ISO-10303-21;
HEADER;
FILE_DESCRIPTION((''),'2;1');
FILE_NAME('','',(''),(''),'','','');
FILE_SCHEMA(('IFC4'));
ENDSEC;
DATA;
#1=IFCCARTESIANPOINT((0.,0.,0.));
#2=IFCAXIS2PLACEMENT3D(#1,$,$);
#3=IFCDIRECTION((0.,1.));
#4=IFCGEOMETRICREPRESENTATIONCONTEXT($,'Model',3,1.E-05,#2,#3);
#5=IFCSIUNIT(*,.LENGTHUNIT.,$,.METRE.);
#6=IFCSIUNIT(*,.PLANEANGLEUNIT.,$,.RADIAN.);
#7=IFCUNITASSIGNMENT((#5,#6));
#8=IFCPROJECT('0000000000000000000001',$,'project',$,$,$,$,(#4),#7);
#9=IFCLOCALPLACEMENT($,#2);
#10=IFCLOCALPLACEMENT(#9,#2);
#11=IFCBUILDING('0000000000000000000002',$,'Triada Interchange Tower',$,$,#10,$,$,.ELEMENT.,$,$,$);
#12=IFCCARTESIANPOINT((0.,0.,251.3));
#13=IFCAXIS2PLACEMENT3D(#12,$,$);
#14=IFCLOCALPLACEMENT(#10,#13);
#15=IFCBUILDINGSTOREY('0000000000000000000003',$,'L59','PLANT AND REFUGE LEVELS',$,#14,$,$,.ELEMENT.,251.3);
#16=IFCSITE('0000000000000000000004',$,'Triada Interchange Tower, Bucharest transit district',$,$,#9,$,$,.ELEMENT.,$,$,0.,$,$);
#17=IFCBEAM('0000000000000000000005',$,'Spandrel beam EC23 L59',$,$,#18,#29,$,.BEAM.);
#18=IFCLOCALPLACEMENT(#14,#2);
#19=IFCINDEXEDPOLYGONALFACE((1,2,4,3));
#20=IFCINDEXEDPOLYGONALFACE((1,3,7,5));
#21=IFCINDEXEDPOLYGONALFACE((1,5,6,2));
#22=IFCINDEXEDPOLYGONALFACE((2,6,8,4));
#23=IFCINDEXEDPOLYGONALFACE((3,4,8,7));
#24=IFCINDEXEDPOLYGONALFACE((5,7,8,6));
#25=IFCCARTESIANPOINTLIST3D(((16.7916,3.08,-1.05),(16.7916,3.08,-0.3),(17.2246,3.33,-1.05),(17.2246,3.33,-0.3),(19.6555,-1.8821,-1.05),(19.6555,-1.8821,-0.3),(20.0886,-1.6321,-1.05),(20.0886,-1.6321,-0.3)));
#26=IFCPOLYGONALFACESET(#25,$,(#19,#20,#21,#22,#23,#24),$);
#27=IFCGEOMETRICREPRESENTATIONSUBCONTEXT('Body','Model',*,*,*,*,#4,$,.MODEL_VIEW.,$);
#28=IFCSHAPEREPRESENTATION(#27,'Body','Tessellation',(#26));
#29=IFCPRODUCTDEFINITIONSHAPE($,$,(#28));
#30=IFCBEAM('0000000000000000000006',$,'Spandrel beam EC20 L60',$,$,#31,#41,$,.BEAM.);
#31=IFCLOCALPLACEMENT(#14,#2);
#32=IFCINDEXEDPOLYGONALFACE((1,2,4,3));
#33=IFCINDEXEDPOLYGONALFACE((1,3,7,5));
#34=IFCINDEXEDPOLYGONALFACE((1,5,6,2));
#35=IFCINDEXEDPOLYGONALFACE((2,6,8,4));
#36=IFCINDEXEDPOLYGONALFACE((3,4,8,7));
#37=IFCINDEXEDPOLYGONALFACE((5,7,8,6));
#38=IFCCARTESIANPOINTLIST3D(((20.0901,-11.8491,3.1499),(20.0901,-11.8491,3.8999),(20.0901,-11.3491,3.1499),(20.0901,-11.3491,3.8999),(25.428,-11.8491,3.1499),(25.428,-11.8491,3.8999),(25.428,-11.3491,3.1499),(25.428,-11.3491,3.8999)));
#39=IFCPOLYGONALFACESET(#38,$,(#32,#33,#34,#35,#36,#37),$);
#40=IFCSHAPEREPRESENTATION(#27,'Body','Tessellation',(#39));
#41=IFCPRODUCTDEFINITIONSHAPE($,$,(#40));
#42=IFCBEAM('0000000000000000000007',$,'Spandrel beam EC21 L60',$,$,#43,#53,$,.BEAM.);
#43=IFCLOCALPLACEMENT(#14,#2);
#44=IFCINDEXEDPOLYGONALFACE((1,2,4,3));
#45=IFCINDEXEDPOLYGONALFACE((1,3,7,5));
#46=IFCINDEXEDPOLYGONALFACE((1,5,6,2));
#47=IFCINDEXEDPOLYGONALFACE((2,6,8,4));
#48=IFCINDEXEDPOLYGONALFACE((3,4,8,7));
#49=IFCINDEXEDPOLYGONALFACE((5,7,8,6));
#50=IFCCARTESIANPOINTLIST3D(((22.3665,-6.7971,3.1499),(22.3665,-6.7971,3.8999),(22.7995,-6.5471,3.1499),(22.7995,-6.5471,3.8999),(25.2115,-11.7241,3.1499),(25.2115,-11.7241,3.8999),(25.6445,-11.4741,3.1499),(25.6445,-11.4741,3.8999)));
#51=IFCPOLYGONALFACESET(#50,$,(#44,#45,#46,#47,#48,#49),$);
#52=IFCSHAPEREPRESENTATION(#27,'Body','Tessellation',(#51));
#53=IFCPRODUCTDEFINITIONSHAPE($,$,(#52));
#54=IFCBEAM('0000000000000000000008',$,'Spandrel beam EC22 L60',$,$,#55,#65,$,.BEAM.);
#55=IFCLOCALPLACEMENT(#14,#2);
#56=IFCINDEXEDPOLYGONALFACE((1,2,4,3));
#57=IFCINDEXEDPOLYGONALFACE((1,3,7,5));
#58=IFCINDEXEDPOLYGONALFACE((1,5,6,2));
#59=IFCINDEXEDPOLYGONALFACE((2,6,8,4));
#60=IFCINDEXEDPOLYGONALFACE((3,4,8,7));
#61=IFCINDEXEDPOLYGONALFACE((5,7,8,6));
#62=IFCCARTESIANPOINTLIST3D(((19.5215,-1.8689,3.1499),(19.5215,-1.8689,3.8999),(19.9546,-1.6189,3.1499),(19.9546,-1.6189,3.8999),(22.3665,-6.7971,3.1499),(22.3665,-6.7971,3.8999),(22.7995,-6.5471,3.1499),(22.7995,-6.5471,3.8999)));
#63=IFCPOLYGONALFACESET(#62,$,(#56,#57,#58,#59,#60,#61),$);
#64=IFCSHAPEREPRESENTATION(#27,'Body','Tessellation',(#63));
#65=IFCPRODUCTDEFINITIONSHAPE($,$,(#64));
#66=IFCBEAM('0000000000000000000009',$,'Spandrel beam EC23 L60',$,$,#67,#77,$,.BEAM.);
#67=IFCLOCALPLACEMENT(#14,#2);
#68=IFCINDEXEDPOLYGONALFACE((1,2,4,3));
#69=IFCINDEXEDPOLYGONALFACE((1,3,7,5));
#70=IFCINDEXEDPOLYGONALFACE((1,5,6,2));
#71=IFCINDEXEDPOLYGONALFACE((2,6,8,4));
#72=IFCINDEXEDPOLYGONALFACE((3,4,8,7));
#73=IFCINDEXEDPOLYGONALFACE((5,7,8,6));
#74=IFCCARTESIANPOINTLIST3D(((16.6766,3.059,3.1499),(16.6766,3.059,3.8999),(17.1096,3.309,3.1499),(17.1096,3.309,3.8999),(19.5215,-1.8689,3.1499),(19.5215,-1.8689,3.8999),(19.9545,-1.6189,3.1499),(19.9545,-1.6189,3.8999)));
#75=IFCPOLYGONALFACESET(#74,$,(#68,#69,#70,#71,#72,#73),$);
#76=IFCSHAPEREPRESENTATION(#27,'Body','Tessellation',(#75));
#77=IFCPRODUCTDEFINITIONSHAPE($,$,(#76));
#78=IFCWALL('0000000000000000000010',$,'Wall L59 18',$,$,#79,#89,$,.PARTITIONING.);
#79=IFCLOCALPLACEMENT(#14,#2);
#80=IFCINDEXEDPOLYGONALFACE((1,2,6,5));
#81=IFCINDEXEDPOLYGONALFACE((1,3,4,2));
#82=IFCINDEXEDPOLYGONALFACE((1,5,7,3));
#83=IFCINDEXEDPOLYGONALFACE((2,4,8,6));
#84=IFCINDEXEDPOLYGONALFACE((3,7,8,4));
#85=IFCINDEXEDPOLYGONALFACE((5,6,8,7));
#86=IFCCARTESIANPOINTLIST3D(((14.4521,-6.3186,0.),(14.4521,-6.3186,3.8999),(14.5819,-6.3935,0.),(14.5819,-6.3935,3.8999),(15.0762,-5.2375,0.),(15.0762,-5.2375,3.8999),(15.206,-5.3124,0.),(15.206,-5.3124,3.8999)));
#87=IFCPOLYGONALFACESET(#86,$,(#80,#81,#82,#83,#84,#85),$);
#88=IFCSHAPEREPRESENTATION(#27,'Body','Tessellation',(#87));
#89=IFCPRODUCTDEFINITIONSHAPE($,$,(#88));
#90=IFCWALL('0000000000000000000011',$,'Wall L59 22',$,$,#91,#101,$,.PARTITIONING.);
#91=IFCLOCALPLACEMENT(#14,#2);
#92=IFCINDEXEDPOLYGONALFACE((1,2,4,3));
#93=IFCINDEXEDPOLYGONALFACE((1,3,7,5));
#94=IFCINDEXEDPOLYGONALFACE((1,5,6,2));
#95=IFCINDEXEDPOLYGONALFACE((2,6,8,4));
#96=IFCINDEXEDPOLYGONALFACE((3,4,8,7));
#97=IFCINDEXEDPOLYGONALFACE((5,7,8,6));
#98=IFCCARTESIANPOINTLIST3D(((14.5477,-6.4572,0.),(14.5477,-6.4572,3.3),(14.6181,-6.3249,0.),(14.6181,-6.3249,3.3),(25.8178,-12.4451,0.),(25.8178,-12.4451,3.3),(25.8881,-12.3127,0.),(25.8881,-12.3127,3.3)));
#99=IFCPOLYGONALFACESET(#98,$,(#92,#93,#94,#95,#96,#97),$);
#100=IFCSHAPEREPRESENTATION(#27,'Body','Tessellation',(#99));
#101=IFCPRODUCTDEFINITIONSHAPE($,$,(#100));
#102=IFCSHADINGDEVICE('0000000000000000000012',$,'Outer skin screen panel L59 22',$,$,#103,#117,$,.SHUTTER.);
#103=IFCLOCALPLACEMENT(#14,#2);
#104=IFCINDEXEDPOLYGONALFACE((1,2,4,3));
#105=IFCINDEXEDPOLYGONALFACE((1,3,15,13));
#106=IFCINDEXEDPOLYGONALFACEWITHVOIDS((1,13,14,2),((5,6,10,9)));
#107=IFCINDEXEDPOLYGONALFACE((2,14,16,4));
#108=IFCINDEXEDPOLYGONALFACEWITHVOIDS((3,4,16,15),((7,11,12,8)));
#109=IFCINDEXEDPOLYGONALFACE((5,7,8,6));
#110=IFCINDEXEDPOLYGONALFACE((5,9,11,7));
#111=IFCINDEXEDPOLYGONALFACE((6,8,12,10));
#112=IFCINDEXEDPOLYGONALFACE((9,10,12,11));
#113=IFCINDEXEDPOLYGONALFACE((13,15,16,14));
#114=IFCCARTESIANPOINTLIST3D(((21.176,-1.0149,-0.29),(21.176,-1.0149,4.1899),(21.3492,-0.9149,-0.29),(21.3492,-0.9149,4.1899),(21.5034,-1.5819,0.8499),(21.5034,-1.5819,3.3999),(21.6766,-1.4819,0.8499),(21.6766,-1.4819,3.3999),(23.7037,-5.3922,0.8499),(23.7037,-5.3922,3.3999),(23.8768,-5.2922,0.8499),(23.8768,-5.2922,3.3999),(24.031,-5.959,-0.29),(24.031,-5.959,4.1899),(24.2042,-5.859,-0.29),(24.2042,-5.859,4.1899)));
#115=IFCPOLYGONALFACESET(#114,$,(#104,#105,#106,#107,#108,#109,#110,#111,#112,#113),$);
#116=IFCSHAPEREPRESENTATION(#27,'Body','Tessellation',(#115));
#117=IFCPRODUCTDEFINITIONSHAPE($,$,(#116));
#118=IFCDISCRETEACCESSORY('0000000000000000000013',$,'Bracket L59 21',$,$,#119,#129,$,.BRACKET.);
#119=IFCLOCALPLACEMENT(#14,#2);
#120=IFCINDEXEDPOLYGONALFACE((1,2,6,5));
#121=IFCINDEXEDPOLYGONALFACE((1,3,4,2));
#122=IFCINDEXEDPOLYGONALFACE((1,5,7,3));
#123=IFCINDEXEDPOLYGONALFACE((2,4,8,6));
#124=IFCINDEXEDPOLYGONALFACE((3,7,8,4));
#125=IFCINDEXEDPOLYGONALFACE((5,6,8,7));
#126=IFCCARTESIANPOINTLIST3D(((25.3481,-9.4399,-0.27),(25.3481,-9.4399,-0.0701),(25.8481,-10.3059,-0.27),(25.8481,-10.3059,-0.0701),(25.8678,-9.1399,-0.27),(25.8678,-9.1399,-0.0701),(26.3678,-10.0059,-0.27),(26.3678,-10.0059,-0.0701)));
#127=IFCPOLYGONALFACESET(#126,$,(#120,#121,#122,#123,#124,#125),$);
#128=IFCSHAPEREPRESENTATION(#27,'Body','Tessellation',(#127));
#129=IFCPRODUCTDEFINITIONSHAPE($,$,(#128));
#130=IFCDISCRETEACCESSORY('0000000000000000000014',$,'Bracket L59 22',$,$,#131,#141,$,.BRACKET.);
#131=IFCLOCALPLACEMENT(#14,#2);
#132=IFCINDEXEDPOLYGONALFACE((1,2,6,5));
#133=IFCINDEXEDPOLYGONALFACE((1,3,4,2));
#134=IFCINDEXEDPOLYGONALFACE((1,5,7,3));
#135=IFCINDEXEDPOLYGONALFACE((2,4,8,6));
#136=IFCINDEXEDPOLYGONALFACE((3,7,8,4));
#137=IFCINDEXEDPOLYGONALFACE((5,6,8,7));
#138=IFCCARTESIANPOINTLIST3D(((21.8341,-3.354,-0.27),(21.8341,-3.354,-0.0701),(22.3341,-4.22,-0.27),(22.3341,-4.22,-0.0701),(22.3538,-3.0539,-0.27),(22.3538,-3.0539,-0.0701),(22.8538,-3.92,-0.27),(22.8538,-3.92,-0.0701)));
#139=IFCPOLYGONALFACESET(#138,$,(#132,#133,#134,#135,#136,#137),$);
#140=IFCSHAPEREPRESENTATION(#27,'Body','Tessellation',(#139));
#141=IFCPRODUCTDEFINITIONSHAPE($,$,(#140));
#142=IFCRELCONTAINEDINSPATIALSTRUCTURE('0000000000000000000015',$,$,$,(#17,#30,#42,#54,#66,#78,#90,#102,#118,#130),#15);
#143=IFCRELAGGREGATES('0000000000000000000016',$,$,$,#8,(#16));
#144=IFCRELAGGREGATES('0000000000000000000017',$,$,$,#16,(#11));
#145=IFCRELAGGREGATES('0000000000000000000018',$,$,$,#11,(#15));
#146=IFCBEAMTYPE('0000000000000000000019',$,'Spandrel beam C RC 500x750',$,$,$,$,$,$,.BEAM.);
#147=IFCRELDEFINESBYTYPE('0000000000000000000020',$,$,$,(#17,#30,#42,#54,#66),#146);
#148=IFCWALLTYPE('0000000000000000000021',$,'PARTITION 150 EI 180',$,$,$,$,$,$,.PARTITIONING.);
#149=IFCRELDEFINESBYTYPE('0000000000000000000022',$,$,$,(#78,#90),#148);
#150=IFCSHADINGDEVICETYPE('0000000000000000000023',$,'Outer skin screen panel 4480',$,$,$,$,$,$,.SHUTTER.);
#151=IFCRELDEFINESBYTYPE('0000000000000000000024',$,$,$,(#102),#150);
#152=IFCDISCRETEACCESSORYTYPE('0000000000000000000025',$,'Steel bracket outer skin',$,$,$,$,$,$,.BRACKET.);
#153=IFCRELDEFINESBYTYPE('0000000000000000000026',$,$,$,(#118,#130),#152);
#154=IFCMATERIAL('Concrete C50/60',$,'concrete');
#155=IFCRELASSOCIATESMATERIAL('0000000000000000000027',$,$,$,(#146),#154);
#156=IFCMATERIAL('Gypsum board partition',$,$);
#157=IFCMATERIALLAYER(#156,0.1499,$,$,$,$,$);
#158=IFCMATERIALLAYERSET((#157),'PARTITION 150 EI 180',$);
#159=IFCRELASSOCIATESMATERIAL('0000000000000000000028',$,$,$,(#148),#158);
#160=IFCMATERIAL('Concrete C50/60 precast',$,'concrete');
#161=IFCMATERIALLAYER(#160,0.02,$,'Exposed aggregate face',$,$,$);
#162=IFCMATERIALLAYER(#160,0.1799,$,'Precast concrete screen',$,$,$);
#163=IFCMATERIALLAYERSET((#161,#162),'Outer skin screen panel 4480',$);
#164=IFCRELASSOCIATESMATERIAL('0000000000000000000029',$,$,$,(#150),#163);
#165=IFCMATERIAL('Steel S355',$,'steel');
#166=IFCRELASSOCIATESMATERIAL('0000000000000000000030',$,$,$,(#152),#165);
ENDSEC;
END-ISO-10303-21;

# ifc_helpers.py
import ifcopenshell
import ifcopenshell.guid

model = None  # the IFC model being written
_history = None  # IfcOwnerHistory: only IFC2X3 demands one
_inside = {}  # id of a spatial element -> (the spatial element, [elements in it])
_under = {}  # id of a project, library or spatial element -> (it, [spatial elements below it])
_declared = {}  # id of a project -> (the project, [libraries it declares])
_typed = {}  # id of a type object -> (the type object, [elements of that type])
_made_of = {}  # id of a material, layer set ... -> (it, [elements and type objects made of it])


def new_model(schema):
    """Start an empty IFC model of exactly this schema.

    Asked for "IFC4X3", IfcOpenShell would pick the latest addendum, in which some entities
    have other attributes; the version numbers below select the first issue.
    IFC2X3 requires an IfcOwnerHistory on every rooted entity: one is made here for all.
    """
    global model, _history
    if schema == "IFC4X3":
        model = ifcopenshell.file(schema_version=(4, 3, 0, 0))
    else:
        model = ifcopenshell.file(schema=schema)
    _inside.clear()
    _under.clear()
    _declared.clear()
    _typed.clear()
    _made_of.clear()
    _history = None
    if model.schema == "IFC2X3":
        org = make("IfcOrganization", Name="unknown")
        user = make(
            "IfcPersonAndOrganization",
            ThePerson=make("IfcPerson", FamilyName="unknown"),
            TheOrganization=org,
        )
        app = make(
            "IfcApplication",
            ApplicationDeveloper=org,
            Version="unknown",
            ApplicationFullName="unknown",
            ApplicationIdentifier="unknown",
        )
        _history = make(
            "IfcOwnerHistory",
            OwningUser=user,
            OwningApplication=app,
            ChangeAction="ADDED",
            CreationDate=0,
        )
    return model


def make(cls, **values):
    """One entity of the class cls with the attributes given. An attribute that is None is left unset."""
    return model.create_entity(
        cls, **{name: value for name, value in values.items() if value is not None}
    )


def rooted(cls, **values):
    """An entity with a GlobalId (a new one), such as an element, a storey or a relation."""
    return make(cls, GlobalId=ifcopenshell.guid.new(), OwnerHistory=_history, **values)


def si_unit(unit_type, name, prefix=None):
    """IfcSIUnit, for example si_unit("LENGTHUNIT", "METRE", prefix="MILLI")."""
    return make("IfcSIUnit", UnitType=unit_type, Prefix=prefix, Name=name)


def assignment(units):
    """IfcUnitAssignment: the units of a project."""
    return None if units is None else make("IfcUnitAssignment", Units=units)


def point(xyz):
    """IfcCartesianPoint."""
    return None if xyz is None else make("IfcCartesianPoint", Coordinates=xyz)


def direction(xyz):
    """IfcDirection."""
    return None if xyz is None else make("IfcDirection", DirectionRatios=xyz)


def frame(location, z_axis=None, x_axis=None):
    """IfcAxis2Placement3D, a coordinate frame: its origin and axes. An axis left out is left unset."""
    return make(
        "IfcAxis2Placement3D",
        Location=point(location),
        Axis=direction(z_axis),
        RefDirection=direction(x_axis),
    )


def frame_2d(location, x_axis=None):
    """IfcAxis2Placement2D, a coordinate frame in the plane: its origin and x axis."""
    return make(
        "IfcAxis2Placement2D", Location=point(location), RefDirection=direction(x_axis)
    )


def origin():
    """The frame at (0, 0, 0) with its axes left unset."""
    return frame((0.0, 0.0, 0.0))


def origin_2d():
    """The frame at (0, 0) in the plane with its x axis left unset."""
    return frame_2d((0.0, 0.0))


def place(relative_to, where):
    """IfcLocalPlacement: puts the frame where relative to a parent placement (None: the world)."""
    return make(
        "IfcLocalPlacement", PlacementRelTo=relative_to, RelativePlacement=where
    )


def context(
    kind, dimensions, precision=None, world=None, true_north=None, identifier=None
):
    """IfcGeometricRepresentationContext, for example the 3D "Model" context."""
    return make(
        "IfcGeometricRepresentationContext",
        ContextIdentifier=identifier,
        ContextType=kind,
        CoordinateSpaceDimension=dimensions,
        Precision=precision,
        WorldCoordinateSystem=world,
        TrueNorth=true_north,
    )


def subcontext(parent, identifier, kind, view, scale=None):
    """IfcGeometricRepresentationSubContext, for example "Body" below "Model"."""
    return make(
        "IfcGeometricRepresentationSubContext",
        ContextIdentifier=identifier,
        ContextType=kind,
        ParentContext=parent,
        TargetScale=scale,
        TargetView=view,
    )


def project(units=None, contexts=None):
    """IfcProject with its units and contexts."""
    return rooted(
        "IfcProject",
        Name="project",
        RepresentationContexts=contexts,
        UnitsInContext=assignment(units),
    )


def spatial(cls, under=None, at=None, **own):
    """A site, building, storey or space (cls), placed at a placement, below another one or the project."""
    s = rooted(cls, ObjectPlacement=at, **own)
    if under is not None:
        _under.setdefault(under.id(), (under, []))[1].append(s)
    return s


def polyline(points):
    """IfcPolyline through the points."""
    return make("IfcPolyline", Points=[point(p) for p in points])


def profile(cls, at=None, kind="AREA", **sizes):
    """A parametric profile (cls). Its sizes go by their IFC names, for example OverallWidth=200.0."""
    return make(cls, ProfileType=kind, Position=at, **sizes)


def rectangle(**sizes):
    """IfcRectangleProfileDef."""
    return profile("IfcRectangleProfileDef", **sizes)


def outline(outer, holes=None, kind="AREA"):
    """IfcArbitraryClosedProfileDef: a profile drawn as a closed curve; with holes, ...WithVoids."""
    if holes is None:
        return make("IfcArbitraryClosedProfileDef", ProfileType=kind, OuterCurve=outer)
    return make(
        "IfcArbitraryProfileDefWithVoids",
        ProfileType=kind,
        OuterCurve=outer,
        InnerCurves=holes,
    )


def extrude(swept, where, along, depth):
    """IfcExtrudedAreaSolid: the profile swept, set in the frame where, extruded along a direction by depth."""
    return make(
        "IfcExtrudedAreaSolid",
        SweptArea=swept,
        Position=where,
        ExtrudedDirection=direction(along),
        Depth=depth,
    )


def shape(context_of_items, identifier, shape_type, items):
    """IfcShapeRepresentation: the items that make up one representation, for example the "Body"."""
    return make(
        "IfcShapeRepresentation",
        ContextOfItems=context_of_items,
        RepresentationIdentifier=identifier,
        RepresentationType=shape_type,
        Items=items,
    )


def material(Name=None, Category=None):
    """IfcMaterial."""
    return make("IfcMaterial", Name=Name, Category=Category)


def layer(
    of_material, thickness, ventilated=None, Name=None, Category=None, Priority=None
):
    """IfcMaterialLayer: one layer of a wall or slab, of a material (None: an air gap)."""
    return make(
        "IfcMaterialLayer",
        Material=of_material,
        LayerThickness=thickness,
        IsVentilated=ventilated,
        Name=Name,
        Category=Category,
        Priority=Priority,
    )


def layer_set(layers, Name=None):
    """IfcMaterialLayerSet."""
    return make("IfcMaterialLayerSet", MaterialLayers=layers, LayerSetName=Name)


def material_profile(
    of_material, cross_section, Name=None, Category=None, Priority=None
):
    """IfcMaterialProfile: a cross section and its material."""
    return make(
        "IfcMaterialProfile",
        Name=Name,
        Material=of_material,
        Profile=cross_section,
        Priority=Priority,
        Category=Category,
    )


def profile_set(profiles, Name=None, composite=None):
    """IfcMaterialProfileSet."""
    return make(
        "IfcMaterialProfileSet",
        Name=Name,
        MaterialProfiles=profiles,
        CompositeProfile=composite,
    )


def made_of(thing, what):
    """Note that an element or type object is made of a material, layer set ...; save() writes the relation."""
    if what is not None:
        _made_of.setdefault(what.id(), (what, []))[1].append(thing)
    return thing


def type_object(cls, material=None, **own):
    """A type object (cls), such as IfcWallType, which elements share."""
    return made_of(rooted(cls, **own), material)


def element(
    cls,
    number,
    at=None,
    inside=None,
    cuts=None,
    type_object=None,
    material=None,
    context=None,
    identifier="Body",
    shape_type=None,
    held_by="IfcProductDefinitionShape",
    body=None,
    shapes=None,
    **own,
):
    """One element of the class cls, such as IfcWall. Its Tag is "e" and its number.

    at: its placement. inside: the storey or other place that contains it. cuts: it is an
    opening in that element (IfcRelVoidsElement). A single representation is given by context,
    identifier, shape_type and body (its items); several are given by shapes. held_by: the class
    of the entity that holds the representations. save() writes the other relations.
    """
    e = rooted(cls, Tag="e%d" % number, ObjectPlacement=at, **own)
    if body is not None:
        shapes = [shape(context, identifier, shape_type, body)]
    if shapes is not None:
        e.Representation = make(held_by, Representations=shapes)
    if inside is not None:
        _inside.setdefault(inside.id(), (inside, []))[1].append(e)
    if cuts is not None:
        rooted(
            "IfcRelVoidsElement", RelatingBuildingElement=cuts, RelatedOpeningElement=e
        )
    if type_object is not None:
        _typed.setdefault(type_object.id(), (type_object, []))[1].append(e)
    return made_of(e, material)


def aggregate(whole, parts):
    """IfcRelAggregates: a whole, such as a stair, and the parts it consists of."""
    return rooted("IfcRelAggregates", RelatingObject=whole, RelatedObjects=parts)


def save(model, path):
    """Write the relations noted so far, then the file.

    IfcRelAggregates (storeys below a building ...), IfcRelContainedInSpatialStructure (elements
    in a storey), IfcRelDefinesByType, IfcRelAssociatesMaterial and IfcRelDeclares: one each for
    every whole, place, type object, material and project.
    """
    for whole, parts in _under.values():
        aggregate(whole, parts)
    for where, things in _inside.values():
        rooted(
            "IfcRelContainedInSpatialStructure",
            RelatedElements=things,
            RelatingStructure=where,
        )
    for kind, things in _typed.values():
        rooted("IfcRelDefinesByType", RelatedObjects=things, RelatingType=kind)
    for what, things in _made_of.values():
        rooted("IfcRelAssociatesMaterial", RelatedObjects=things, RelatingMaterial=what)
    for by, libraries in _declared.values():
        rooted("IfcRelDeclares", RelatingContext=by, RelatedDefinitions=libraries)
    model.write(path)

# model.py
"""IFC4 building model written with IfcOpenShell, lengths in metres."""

from ifc_helpers import new_model, si_unit, direction, frame, frame_2d, origin, origin_2d, place, context, subcontext, project, spatial, polyline, rectangle, outline, extrude, material, layer, layer_set, material_profile, profile_set, type_object, element, save


model = new_model("IFC4")

# Units and contexts
model_context = context("Model", 3, precision=1e-05, world=origin(), true_north=direction((0.0, 1.0)))
body_context = subcontext(model_context, "Body", "Model", "MODEL_VIEW")
ifc_project = project(units=[si_unit("LENGTHUNIT", "METRE"), si_unit("PLANEANGLEUNIT", "RADIAN")], contexts=[model_context])

# Site, building, storey
site_placement = place(None, origin())
site = spatial("IfcSite", under=ifc_project, at=site_placement, Name="Triada Interchange Tower, Bucharest transit district", CompositionType="ELEMENT", RefElevation=0.0)
building_placement = place(site_placement, origin())
building = spatial("IfcBuilding", under=site, at=building_placement, Name="Triada Interchange Tower", CompositionType="ELEMENT")
storey_placement = place(building_placement, frame((0.0, 0.0, 251.3)))
storey = spatial("IfcBuildingStorey", under=building, at=storey_placement, Name="L59", Description="PLANT AND REFUGE LEVELS", CompositionType="ELEMENT", Elevation=251.3)

# Shared definitions
ifc_material_1 = material(Name="Concrete C50/60", Category="concrete")

# Shared definitions
ifc_material_2 = material(Name="Steel S355", Category="steel")

# Beams
ifc_material_profile_1 = material_profile(ifc_material_1, rectangle(XDim=0.5, YDim=0.75, at=origin_2d()), Name="RC 500x750")
ifc_profile_set_1 = profile_set([ifc_material_profile_1], Name="Concrete C50/60")
beam_type_1 = type_object("IfcBeamType", Name="Spandrel beam C RC 500x750", PredefinedType="BEAM", material=ifc_profile_set_1)
beam_1_placement = place(storey_placement, frame((19.8721, -1.7571, -0.675), z_axis=(-0.499884, 0.866093, 0.0), x_axis=(-0.866093, -0.499884, 0.0)))
element("IfcBeam", 1, at=beam_1_placement, inside=storey, type_object=beam_type_1, Name="Spandrel beam EC23 L59", PredefinedType="BEAM", context=body_context, shape_type="SweptSolid", body=[
    extrude(rectangle(XDim=0.5, YDim=0.75, at=origin_2d()), origin(), (0.0, 0.0, 1.0), 5.7292),
])
beam_2_placement = place(storey_placement, frame((20.0901, -11.5991, 3.5249), z_axis=(1.0, 0.0, 0.0), x_axis=(0.0, 1.0, 0.0)))
element("IfcBeam", 2, at=beam_2_placement, inside=storey, type_object=beam_type_1, Name="Spandrel beam EC20 L60", PredefinedType="BEAM", context=body_context, shape_type="SweptSolid", body=[
    extrude(rectangle(XDim=0.5, YDim=0.75, at=origin_2d()), origin(), (0.0, 0.0, 1.0), 5.3379),
])
beam_3_placement = place(storey_placement, frame((25.428, -11.5991, 3.5249), z_axis=(-0.500048, 0.865998, 0.0), x_axis=(-0.865998, -0.500048, 0.0)))
element("IfcBeam", 3, at=beam_3_placement, inside=storey, type_object=beam_type_1, Name="Spandrel beam EC21 L60", PredefinedType="BEAM", context=body_context, shape_type="SweptSolid", body=[
    extrude(rectangle(XDim=0.5, YDim=0.75, at=origin_2d()), origin(), (0.0, 0.0, 1.0), 5.6895),
])
beam_4_placement = place(storey_placement, frame((22.583, -6.6721, 3.5249), z_axis=(-0.499955, 0.866051, 0.0), x_axis=(-0.866051, -0.499955, 0.0)))
element("IfcBeam", 4, at=beam_4_placement, inside=storey, type_object=beam_type_1, Name="Spandrel beam EC22 L60", PredefinedType="BEAM", context=body_context, shape_type="SweptSolid", body=[
    extrude(rectangle(XDim=0.5, YDim=0.75, at=origin_2d()), origin(), (0.0, 0.0, 1.0), 5.6904),
])
beam_5_placement = place(storey_placement, frame((19.738, -1.7439, 3.5249), z_axis=(-0.499974, 0.866041, 0.0), x_axis=(-0.866041, -0.499974, 0.0)))
element("IfcBeam", 5, at=beam_5_placement, inside=storey, type_object=beam_type_1, Name="Spandrel beam EC23 L60", PredefinedType="BEAM", context=body_context, shape_type="SweptSolid", body=[
    extrude(rectangle(XDim=0.5, YDim=0.75, at=origin_2d()), origin(), (0.0, 0.0, 1.0), 5.6902),
])

# Walls
ifc_material_3 = material(Name="Gypsum board partition")
ifc_layer_1 = layer(ifc_material_3, 0.1499)
ifc_layer_set_1 = layer_set([ifc_layer_1], Name="PARTITION 150 EI 180")
wall_type = type_object("IfcWallType", Name="PARTITION 150 EI 180", PredefinedType="PARTITIONING", material=ifc_layer_set_1)
wall_1_placement = place(storey_placement, frame((14.5171, -6.356, 0.0), z_axis=(0.0, 0.0, 1.0), x_axis=(0.499926, 0.866068, 0.0)))
element("IfcWall", 6, at=wall_1_placement, inside=storey, type_object=wall_type, Name="Wall L59 18", PredefinedType="PARTITIONING", context=body_context, shape_type="SweptSolid", body=[
    extrude(rectangle(XDim=1.2483, YDim=0.1499, at=frame_2d((0.624, 0.0))), origin(), (0.0, 0.0, 1.0), 3.8999),
])
wall_2_placement = place(storey_placement, frame((14.583, -6.3911, 0.0), z_axis=(0.0, 0.0, 1.0), x_axis=(0.883096, -0.469192, 0.0)))
element("IfcWall", 7, at=wall_2_placement, inside=storey, type_object=wall_type, Name="Wall L59 22", PredefinedType="PARTITIONING", context=body_context, shape_type="SweptSolid", body=[
    extrude(rectangle(XDim=12.762, YDim=0.1499, at=frame_2d((6.3809, 0.0))), origin(), (0.0, 0.0, 1.0), 3.3),
])

# Shading device
ifc_material_4 = material(Name="Concrete C50/60 precast", Category="concrete")
ifc_layer_2 = layer(ifc_material_4, 0.02, Name="Exposed aggregate face")
ifc_layer_3 = layer(ifc_material_4, 0.1799, Name="Precast concrete screen")
ifc_layer_set_2 = layer_set([ifc_layer_2, ifc_layer_3], Name="Outer skin screen panel 4480")
shading_device_type = type_object("IfcShadingDeviceType", Name="Outer skin screen panel 4480", PredefinedType="SHUTTER", material=ifc_layer_set_2)
shading_device_placement = place(storey_placement, frame((24.031, -5.959, -0.29), z_axis=(0.0, 0.0, 1.0), x_axis=(-0.500067, 0.865987, 0.0)))
element("IfcShadingDevice", 8, at=shading_device_placement, inside=storey, type_object=shading_device_type, Name="Outer skin screen panel L59 22", PredefinedType="SHUTTER", context=body_context, shape_type="SweptSolid", body=[
    extrude(outline(polyline([(0.0, 0.0), (5.7092, 0.0), (5.7092, 4.48), (0.0, 4.48), (0.0, 0.0)]), holes=[polyline([(0.6545, 1.1399), (0.6545, 3.6899), (5.0544, 3.6899), (5.0544, 1.1399), (0.6545, 1.1399)])]), frame((0.0, 0.0, 0.0), z_axis=(0.0, -1.0, 0.0), x_axis=(1.0, 0.0, 0.0)), (0.0, 0.0, 1.0), 0.2),
])

# Discrete accessories
discrete_accessory_type = type_object("IfcDiscreteAccessoryType", Name="Steel bracket outer skin", PredefinedType="BRACKET", material=ifc_material_2)
for number, where, z_axis, x_axis, name in (
    (9, (25.8579, -9.7229, -0.27), (0.0, 0.0, 1.0), (0.866024, 0.500002, 0.0), "Bracket L59 21"),
    (10, (22.344, -3.637, -0.27), (0.0, 0.0, 1.0), (0.866024, 0.500002, 0.0), "Bracket L59 22"),
):
    element("IfcDiscreteAccessory", number, at=place(storey_placement, frame(where, z_axis=z_axis, x_axis=x_axis)), inside=storey, type_object=discrete_accessory_type, Name=name, PredefinedType="BRACKET", context=body_context, shape_type="SweptSolid", body=[
        extrude(rectangle(XDim=0.6001, YDim=1.0, at=origin_2d()), origin(), (0.0, 0.0, 1.0), 0.2),
    ])

save(model, "model.ifc")
